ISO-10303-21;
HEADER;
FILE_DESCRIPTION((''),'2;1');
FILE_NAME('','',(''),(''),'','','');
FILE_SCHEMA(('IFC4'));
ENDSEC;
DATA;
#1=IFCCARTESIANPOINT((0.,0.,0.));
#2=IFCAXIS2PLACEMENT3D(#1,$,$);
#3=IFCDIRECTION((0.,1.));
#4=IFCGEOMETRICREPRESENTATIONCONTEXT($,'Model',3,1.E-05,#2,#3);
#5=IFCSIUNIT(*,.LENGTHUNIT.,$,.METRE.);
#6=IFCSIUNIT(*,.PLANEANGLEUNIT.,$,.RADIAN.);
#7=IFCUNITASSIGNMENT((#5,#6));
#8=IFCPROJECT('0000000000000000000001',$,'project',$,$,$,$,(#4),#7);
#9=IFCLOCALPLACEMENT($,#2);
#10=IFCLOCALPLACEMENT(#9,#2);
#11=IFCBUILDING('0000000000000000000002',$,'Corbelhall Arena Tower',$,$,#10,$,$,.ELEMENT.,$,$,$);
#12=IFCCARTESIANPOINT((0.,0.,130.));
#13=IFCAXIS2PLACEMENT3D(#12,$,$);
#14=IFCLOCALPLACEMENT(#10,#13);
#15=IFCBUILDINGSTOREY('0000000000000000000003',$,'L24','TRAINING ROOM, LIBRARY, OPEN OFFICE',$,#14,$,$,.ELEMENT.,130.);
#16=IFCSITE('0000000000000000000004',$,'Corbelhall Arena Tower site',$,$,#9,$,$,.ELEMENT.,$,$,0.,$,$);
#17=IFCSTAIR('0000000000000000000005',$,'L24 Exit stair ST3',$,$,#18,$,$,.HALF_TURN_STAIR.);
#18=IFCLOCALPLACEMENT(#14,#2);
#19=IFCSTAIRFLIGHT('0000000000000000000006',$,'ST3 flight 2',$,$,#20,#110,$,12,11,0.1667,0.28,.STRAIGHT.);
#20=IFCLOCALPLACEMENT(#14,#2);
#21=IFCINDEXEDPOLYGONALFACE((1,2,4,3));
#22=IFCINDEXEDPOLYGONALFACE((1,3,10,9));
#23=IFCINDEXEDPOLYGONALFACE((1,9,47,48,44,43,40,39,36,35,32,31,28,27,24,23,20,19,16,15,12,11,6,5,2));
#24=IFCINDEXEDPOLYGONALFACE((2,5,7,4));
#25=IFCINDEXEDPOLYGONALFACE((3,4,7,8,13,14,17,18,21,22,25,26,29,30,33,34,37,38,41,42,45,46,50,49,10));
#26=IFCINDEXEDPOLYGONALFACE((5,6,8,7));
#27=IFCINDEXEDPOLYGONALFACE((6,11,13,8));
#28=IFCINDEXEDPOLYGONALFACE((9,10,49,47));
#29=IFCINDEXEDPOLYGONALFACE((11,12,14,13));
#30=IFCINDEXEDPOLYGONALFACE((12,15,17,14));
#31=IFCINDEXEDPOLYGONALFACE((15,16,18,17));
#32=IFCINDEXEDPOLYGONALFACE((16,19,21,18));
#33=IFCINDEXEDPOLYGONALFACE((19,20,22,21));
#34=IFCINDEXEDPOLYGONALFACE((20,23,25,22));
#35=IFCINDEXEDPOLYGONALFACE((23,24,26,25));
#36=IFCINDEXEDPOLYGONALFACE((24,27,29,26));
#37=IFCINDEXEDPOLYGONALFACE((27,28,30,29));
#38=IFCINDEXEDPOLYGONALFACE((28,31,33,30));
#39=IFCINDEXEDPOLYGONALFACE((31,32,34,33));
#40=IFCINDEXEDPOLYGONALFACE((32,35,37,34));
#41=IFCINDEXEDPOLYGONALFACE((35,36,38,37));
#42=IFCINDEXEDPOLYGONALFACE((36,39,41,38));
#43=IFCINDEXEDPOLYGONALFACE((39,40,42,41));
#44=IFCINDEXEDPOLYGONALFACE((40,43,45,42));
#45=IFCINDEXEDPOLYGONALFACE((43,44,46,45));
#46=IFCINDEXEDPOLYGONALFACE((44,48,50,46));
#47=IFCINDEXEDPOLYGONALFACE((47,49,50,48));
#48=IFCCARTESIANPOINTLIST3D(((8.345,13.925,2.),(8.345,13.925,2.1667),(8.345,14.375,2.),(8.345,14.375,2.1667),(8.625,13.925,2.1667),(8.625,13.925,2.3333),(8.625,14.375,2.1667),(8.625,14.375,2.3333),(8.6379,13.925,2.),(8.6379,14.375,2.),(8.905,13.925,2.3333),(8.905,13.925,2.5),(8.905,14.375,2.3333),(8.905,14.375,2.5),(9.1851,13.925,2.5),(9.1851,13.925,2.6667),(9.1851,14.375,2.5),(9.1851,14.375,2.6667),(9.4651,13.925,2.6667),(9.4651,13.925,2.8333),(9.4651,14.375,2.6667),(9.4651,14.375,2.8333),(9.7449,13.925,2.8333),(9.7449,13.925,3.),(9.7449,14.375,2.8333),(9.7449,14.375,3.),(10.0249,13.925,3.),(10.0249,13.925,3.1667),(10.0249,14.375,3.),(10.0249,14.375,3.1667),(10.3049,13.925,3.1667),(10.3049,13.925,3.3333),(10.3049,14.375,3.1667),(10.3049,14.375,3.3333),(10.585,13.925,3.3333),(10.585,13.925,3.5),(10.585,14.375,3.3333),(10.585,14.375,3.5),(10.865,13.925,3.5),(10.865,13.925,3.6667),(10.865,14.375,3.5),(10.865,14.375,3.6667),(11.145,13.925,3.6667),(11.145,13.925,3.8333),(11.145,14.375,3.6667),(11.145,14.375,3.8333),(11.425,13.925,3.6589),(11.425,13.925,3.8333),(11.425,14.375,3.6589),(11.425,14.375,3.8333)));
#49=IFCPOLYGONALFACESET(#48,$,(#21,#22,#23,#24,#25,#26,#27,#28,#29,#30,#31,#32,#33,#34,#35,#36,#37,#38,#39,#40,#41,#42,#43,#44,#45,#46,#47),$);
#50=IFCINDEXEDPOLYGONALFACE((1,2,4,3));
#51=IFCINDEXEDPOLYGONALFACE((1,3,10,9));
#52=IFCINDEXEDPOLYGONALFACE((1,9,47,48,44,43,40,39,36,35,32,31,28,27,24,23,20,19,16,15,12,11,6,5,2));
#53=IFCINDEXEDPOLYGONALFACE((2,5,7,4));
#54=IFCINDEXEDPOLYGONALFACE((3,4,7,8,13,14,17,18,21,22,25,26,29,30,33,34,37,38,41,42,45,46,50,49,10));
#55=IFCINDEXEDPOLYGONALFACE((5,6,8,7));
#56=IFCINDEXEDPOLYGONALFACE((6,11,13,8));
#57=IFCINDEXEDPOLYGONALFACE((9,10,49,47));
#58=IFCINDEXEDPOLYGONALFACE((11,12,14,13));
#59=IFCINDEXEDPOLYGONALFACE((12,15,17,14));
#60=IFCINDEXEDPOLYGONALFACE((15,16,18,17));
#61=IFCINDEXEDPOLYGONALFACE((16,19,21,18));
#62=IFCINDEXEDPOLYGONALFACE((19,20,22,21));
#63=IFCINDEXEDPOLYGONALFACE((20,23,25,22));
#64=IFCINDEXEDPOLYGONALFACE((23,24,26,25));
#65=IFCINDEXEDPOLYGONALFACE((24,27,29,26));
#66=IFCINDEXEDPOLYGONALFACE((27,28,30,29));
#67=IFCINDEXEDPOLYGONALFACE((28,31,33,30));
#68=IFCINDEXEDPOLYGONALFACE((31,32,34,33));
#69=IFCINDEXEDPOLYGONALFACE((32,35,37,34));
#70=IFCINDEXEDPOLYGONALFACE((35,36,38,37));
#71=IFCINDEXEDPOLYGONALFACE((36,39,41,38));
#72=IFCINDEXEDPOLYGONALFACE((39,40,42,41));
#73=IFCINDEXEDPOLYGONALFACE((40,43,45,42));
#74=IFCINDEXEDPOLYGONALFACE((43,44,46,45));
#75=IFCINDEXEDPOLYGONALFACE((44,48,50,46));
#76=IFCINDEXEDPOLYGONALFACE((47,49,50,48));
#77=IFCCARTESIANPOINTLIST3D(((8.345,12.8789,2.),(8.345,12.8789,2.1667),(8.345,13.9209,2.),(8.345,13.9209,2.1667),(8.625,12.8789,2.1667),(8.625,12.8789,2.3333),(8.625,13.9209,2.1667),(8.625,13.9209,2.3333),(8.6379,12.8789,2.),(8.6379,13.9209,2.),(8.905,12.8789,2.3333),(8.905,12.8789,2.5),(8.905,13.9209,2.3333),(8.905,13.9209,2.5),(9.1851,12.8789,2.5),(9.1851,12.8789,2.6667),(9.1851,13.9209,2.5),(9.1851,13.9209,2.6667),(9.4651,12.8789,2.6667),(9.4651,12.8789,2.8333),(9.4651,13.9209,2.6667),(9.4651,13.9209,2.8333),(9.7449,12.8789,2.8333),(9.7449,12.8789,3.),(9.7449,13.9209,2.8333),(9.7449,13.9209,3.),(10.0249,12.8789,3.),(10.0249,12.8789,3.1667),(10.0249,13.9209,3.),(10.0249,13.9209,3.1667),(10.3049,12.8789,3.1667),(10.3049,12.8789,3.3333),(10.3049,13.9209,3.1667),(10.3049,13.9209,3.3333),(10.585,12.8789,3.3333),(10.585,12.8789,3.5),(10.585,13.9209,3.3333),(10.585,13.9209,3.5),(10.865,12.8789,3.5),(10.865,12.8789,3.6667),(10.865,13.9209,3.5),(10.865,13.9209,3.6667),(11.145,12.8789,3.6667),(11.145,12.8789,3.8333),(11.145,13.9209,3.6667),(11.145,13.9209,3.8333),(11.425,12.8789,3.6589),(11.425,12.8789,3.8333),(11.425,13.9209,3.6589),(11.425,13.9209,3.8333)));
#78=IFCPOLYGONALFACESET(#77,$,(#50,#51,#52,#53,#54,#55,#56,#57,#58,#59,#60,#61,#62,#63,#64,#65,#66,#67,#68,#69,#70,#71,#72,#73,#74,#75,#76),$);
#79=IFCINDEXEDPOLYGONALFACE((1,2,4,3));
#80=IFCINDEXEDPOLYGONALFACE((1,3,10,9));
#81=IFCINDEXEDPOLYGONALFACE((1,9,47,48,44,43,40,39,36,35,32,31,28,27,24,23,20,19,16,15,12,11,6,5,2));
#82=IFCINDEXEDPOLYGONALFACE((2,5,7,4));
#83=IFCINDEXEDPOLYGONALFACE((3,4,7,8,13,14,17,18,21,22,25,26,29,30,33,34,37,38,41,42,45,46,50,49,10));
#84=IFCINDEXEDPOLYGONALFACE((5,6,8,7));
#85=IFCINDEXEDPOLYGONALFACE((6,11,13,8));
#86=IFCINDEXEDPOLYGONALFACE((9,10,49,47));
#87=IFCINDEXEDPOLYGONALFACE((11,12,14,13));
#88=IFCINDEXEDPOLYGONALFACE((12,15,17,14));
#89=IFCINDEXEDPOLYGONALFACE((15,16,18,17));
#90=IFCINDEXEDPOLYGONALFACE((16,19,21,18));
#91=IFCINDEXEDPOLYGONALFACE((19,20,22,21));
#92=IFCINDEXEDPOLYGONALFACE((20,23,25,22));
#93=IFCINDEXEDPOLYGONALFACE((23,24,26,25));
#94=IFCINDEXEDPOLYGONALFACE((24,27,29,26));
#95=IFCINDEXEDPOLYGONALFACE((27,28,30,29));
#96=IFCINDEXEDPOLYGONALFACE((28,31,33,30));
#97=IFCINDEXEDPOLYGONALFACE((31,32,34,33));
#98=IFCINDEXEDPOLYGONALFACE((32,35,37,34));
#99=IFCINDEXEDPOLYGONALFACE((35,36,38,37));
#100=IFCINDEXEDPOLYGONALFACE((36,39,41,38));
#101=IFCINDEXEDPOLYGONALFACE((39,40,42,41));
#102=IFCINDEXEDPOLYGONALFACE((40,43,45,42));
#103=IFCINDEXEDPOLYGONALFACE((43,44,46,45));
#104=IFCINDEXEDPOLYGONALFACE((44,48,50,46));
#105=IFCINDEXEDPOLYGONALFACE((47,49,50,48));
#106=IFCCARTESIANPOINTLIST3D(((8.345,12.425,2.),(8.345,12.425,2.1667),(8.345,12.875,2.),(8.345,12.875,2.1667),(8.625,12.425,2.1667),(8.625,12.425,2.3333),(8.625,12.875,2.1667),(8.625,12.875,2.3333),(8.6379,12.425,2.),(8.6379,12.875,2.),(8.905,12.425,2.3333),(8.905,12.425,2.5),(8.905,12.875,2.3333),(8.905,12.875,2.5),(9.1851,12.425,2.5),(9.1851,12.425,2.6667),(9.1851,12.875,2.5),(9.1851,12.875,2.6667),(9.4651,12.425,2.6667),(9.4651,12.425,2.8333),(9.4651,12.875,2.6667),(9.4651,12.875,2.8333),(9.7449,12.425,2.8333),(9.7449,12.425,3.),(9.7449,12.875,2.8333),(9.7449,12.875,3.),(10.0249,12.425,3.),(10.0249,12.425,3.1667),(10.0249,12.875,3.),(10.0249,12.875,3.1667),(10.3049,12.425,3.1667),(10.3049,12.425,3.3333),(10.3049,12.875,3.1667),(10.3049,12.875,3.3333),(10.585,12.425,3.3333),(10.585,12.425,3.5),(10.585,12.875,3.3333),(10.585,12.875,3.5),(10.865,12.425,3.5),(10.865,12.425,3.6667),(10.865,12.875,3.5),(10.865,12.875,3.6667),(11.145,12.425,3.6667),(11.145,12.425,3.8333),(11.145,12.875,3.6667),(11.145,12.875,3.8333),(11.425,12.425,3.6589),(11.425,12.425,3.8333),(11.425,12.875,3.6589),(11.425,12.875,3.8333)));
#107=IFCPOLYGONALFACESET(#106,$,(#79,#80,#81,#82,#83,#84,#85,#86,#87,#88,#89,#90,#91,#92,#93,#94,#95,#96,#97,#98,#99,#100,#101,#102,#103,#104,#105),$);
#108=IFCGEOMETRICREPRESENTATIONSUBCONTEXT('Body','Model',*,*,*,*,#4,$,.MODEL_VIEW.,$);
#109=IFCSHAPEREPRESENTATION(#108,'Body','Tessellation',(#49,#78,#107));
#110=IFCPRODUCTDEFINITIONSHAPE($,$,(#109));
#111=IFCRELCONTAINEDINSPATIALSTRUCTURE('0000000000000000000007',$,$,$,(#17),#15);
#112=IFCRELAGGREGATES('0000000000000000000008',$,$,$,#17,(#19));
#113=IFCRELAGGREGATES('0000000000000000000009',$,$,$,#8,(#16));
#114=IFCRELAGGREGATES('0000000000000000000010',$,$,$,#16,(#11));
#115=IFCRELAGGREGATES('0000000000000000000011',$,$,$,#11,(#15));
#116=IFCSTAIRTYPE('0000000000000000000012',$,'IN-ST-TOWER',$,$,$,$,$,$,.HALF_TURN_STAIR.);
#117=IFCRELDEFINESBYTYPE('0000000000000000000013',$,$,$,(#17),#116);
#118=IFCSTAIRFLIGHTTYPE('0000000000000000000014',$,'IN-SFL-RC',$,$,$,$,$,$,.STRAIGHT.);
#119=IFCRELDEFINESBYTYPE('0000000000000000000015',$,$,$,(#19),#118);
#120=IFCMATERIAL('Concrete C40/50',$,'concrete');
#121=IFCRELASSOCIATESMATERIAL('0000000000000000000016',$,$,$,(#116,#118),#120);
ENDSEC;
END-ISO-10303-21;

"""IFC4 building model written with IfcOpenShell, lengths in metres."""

from ifc_helpers import new_model, si_unit, direction, frame, origin, place, context, subcontext, project, spatial, polyline, outline, extrude, material, type_object, element, aggregate, save


model = new_model("IFC4")

# Units and contexts
model_context = context("Model", 3, precision=1e-05, world=origin(), true_north=direction((0.0, 1.0)))
body_context = subcontext(model_context, "Body", "Model", "MODEL_VIEW")
ifc_project = project(units=[si_unit("LENGTHUNIT", "METRE"), si_unit("PLANEANGLEUNIT", "RADIAN")], contexts=[model_context])

# Site, building, storey
site_placement = place(None, origin())
site = spatial("IfcSite", under=ifc_project, at=site_placement, Name="Corbelhall Arena Tower site", CompositionType="ELEMENT", RefElevation=0.0)
building_placement = place(site_placement, origin())
building = spatial("IfcBuilding", under=site, at=building_placement, Name="Corbelhall Arena Tower", CompositionType="ELEMENT")
storey_placement = place(building_placement, frame((0.0, 0.0, 130.0)))
storey = spatial("IfcBuildingStorey", under=building, at=storey_placement, Name="L24", Description="TRAINING ROOM, LIBRARY, OPEN OFFICE", CompositionType="ELEMENT", Elevation=130.0)

# Shared definitions
ifc_material_1 = material(Name="Concrete C40/50", Category="concrete")

# Stair, stair flight
stair_type = type_object("IfcStairType", Name="IN-ST-TOWER", PredefinedType="HALF_TURN_STAIR", material=ifc_material_1)
stair_placement = place(storey_placement, origin())
stair = element("IfcStair", 1, at=stair_placement, inside=storey, type_object=stair_type, Name="L24 Exit stair ST3", PredefinedType="HALF_TURN_STAIR")
stair_flight_type = type_object("IfcStairFlightType", Name="IN-SFL-RC", PredefinedType="STRAIGHT", material=ifc_material_1)
stair_flight_1_placement = place(storey_placement, frame((8.345, 13.3999, 2.0), z_axis=(0.0, 0.0, 1.0), x_axis=(1.0, 0.0, 0.0)))
stair_flight_1 = element("IfcStairFlight", 2, at=stair_flight_1_placement, type_object=stair_flight_type, Name="ST3 flight 2", NumberOfRisers=12, NumberOfTreads=11, PredefinedType="STRAIGHT", RiserHeight=0.1667, TreadLength=0.28, context=body_context, shape_type="SweptSolid", body=[
    extrude(outline(polyline([(0.0, 0.0), (0.0, 0.1667), (0.28, 0.1667), (0.28, 0.3333), (0.5601, 0.3333), (0.5601, 0.5), (0.8401, 0.5), (0.8401, 0.6667), (1.1201, 0.6667), (1.1201, 0.8333), (1.3999, 0.8333), (1.3999, 1.0), (1.6799, 1.0), (1.6799, 1.1667), (1.96, 1.1667), (1.96, 1.3333), (2.24, 1.3333), (2.24, 1.5), (2.52, 1.5), (2.52, 1.6667), (2.8, 1.6667), (2.8, 1.8333), (3.0801, 1.8333), (3.0801, 2.0), (3.0801, 1.6589), (0.293, 0.0), (0.0, 0.0)])), frame((0.0, 0.9751, 0.0), z_axis=(0.0, -1.0, 0.0), x_axis=(1.0, 0.0, 0.0)), (0.0, 0.0, 1.0), 0.45),
    extrude(outline(polyline([(0.0, 0.0), (0.0, 0.1667), (0.28, 0.1667), (0.28, 0.3333), (0.5601, 0.3333), (0.5601, 0.5), (0.8401, 0.5), (0.8401, 0.6667), (1.1201, 0.6667), (1.1201, 0.8333), (1.3999, 0.8333), (1.3999, 1.0), (1.6799, 1.0), (1.6799, 1.1667), (1.96, 1.1667), (1.96, 1.3333), (2.24, 1.3333), (2.24, 1.5), (2.52, 1.5), (2.52, 1.6667), (2.8, 1.6667), (2.8, 1.8333), (3.0801, 1.8333), (3.0801, 2.0), (3.0801, 1.6589), (0.293, 0.0), (0.0, 0.0)])), frame((0.0, 0.521, 0.0), z_axis=(0.0, -1.0, 0.0), x_axis=(1.0, 0.0, 0.0)), (0.0, 0.0, 1.0), 1.042),
    extrude(outline(polyline([(0.0, 0.0), (0.0, 0.1667), (0.28, 0.1667), (0.28, 0.3333), (0.5601, 0.3333), (0.5601, 0.5), (0.8401, 0.5), (0.8401, 0.6667), (1.1201, 0.6667), (1.1201, 0.8333), (1.3999, 0.8333), (1.3999, 1.0), (1.6799, 1.0), (1.6799, 1.1667), (1.96, 1.1667), (1.96, 1.3333), (2.24, 1.3333), (2.24, 1.5), (2.52, 1.5), (2.52, 1.6667), (2.8, 1.6667), (2.8, 1.8333), (3.0801, 1.8333), (3.0801, 2.0), (3.0801, 1.6589), (0.293, 0.0), (0.0, 0.0)])), frame((0.0, -0.5249, 0.0), z_axis=(0.0, -1.0, 0.0), x_axis=(1.0, 0.0, 0.0)), (0.0, 0.0, 1.0), 0.45),
])
aggregate(stair, [stair_flight_1])

save(model, "model.ifc")
